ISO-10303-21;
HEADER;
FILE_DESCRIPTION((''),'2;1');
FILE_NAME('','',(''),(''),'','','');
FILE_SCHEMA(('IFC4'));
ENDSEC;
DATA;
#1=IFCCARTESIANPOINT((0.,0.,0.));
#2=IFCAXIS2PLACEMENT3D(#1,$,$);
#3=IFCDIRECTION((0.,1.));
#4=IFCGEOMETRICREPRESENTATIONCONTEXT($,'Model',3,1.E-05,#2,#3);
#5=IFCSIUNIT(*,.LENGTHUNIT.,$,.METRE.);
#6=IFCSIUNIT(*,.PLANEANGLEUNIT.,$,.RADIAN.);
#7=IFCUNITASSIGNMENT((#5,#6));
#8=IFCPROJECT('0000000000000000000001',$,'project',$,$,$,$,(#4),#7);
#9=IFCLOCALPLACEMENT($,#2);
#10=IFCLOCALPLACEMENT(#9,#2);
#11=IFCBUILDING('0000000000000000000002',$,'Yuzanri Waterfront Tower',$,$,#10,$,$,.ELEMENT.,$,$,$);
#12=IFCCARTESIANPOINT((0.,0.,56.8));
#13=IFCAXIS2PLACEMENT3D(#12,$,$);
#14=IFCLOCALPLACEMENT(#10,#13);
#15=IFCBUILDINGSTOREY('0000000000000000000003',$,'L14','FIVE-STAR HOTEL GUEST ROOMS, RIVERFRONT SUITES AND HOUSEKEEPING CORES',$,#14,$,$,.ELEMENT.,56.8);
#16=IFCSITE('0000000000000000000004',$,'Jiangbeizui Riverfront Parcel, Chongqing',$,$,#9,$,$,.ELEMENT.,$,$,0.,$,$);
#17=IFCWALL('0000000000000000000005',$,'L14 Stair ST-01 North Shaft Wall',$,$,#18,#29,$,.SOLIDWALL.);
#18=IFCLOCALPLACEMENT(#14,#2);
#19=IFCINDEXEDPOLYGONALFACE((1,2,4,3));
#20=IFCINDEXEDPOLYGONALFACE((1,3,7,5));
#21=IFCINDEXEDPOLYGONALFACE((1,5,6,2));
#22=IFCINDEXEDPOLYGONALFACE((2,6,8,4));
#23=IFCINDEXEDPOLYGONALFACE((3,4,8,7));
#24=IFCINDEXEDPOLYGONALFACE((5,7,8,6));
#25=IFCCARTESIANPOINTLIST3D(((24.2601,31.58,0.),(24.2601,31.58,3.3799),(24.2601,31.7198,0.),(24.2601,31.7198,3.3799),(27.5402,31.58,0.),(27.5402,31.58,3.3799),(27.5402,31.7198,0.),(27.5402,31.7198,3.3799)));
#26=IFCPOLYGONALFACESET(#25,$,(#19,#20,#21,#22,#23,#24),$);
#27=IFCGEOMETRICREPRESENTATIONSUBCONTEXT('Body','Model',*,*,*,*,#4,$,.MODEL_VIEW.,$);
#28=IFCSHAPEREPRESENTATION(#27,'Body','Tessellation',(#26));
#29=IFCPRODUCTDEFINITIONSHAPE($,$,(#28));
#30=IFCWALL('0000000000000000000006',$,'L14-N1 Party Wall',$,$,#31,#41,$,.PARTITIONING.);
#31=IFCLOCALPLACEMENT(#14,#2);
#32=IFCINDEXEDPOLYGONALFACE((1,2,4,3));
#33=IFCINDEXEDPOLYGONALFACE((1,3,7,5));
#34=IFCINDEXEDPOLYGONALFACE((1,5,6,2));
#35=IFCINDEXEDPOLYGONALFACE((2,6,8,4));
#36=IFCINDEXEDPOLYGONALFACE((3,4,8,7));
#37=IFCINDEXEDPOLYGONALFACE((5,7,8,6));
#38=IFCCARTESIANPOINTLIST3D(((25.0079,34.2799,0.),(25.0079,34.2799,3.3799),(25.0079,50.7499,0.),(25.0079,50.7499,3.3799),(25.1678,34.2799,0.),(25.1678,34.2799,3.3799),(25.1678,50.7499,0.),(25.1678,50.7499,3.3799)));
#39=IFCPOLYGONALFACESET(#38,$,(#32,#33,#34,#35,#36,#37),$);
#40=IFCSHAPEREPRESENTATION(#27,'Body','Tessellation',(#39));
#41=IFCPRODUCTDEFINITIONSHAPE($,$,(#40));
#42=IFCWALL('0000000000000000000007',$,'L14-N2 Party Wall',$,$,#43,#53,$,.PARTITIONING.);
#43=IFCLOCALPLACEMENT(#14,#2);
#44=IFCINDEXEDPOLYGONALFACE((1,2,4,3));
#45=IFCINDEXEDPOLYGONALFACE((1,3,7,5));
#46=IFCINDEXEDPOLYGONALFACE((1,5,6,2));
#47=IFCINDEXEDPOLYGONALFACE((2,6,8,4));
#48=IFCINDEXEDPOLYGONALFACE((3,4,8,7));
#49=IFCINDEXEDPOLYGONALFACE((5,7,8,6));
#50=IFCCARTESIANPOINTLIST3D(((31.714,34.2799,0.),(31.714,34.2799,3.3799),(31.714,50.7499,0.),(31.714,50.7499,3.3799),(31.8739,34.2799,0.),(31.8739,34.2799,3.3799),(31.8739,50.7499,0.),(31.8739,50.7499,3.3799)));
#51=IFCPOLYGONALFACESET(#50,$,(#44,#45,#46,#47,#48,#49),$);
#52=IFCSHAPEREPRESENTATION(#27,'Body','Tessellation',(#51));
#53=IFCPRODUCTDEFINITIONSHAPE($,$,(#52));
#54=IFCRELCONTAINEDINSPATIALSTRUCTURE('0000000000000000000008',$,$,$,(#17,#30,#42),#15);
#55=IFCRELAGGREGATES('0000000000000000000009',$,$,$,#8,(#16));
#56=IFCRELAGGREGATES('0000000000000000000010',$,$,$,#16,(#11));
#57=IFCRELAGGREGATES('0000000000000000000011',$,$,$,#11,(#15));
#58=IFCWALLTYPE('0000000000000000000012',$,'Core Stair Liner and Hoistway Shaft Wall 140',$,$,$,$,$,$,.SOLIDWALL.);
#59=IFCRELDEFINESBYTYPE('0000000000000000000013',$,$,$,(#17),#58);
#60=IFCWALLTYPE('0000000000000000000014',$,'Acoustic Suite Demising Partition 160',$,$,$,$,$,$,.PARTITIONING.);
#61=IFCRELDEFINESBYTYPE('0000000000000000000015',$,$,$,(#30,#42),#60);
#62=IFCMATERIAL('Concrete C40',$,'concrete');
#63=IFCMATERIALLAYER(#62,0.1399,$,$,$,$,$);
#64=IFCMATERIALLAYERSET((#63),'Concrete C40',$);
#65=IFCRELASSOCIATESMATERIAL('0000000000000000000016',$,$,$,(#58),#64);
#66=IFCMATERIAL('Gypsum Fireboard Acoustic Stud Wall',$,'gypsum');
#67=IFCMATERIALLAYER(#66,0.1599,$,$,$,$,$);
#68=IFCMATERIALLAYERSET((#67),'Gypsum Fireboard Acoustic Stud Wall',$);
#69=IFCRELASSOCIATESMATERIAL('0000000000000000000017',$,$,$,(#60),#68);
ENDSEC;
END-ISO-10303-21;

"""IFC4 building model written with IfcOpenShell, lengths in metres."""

from ifc_helpers import new_model, si_unit, direction, frame, frame_2d, origin, place, context, subcontext, project, spatial, rectangle, extrude, source, transform, mapped, material, layer, layer_set, type_object, element, save


model = new_model("IFC4")

# Units and contexts
model_context = context("Model", 3, precision=1e-05, world=origin(), true_north=direction((0.0, 1.0)))
body_context = subcontext(model_context, "Body", "Model", "MODEL_VIEW")
ifc_project = project(units=[si_unit("LENGTHUNIT", "METRE"), si_unit("PLANEANGLEUNIT", "RADIAN")], contexts=[model_context])

# Site, building, storey
site_placement = place(None, origin())
site = spatial("IfcSite", under=ifc_project, at=site_placement, Name="Jiangbeizui Riverfront Parcel, Chongqing", CompositionType="ELEMENT", RefElevation=0.0)
building_placement = place(site_placement, origin())
building = spatial("IfcBuilding", under=site, at=building_placement, Name="Yuzanri Waterfront Tower", CompositionType="ELEMENT")
storey_placement = place(building_placement, frame((0.0, 0.0, 56.8)))
storey = spatial("IfcBuildingStorey", under=building, at=storey_placement, Name="L14", Description="FIVE-STAR HOTEL GUEST ROOMS, RIVERFRONT SUITES AND HOUSEKEEPING CORES", CompositionType="ELEMENT", Elevation=56.8)

# Walls
ifc_material_1 = material(Name="Concrete C40", Category="concrete")
ifc_layer_1 = layer(ifc_material_1, 0.1399)
ifc_layer_set_1 = layer_set([ifc_layer_1], Name="Concrete C40")
wall_type_1 = type_object("IfcWallType", Name="Core Stair Liner and Hoistway Shaft Wall 140", PredefinedType="SOLIDWALL", material=ifc_layer_set_1)
shared_shape_1 = source(origin(), body_context, "Body", "SweptSolid", [
    extrude(rectangle(XDim=3.28, YDim=0.1399, at=frame_2d((1.6401, 0.0))), origin(), (0.0, 0.0, 1.0), 3.3799),
])
wall_1_placement = place(storey_placement, frame((24.26, 31.6499, 0.0), z_axis=(0.0, 0.0, 1.0), x_axis=(1.0, 0.0, 0.0)))
element("IfcWall", 1, at=wall_1_placement, inside=storey, type_object=wall_type_1, Name="L14 Stair ST-01 North Shaft Wall", PredefinedType="SOLIDWALL", context=body_context, shape_type="MappedRepresentation", body=[
    mapped(shared_shape_1, transform((0.0, 0.0, 0.0), scale=1.0)),
])
ifc_material_2 = material(Name="Gypsum Fireboard Acoustic Stud Wall", Category="gypsum")
ifc_layer_2 = layer(ifc_material_2, 0.1599)
ifc_layer_set_2 = layer_set([ifc_layer_2], Name="Gypsum Fireboard Acoustic Stud Wall")
wall_type_2 = type_object("IfcWallType", Name="Acoustic Suite Demising Partition 160", PredefinedType="PARTITIONING", material=ifc_layer_set_2)
shared_shape_2 = source(origin(), body_context, "Body", "SweptSolid", [
    extrude(rectangle(XDim=16.47, YDim=0.1599, at=frame_2d((8.2349, 0.0))), origin(), (0.0, 0.0, 1.0), 3.3799),
])
for number, where, z_axis, x_axis, name in (
    (2, (25.0879, 34.28, 0.0), (0.0, 0.0, 1.0), (0.0, 1.0, 0.0), "L14-N1 Party Wall"),
    (3, (31.7939, 34.28, 0.0), (0.0, 0.0, 1.0), (0.0, 1.0, 0.0), "L14-N2 Party Wall"),
):
    element("IfcWall", number, at=place(storey_placement, frame(where, z_axis=z_axis, x_axis=x_axis)), inside=storey, type_object=wall_type_2, Name=name, PredefinedType="PARTITIONING", context=body_context, shape_type="MappedRepresentation", body=[
        mapped(shared_shape_2, transform((0.0, 0.0, 0.0), scale=1.0)),
    ])

save(model, "model.ifc")
